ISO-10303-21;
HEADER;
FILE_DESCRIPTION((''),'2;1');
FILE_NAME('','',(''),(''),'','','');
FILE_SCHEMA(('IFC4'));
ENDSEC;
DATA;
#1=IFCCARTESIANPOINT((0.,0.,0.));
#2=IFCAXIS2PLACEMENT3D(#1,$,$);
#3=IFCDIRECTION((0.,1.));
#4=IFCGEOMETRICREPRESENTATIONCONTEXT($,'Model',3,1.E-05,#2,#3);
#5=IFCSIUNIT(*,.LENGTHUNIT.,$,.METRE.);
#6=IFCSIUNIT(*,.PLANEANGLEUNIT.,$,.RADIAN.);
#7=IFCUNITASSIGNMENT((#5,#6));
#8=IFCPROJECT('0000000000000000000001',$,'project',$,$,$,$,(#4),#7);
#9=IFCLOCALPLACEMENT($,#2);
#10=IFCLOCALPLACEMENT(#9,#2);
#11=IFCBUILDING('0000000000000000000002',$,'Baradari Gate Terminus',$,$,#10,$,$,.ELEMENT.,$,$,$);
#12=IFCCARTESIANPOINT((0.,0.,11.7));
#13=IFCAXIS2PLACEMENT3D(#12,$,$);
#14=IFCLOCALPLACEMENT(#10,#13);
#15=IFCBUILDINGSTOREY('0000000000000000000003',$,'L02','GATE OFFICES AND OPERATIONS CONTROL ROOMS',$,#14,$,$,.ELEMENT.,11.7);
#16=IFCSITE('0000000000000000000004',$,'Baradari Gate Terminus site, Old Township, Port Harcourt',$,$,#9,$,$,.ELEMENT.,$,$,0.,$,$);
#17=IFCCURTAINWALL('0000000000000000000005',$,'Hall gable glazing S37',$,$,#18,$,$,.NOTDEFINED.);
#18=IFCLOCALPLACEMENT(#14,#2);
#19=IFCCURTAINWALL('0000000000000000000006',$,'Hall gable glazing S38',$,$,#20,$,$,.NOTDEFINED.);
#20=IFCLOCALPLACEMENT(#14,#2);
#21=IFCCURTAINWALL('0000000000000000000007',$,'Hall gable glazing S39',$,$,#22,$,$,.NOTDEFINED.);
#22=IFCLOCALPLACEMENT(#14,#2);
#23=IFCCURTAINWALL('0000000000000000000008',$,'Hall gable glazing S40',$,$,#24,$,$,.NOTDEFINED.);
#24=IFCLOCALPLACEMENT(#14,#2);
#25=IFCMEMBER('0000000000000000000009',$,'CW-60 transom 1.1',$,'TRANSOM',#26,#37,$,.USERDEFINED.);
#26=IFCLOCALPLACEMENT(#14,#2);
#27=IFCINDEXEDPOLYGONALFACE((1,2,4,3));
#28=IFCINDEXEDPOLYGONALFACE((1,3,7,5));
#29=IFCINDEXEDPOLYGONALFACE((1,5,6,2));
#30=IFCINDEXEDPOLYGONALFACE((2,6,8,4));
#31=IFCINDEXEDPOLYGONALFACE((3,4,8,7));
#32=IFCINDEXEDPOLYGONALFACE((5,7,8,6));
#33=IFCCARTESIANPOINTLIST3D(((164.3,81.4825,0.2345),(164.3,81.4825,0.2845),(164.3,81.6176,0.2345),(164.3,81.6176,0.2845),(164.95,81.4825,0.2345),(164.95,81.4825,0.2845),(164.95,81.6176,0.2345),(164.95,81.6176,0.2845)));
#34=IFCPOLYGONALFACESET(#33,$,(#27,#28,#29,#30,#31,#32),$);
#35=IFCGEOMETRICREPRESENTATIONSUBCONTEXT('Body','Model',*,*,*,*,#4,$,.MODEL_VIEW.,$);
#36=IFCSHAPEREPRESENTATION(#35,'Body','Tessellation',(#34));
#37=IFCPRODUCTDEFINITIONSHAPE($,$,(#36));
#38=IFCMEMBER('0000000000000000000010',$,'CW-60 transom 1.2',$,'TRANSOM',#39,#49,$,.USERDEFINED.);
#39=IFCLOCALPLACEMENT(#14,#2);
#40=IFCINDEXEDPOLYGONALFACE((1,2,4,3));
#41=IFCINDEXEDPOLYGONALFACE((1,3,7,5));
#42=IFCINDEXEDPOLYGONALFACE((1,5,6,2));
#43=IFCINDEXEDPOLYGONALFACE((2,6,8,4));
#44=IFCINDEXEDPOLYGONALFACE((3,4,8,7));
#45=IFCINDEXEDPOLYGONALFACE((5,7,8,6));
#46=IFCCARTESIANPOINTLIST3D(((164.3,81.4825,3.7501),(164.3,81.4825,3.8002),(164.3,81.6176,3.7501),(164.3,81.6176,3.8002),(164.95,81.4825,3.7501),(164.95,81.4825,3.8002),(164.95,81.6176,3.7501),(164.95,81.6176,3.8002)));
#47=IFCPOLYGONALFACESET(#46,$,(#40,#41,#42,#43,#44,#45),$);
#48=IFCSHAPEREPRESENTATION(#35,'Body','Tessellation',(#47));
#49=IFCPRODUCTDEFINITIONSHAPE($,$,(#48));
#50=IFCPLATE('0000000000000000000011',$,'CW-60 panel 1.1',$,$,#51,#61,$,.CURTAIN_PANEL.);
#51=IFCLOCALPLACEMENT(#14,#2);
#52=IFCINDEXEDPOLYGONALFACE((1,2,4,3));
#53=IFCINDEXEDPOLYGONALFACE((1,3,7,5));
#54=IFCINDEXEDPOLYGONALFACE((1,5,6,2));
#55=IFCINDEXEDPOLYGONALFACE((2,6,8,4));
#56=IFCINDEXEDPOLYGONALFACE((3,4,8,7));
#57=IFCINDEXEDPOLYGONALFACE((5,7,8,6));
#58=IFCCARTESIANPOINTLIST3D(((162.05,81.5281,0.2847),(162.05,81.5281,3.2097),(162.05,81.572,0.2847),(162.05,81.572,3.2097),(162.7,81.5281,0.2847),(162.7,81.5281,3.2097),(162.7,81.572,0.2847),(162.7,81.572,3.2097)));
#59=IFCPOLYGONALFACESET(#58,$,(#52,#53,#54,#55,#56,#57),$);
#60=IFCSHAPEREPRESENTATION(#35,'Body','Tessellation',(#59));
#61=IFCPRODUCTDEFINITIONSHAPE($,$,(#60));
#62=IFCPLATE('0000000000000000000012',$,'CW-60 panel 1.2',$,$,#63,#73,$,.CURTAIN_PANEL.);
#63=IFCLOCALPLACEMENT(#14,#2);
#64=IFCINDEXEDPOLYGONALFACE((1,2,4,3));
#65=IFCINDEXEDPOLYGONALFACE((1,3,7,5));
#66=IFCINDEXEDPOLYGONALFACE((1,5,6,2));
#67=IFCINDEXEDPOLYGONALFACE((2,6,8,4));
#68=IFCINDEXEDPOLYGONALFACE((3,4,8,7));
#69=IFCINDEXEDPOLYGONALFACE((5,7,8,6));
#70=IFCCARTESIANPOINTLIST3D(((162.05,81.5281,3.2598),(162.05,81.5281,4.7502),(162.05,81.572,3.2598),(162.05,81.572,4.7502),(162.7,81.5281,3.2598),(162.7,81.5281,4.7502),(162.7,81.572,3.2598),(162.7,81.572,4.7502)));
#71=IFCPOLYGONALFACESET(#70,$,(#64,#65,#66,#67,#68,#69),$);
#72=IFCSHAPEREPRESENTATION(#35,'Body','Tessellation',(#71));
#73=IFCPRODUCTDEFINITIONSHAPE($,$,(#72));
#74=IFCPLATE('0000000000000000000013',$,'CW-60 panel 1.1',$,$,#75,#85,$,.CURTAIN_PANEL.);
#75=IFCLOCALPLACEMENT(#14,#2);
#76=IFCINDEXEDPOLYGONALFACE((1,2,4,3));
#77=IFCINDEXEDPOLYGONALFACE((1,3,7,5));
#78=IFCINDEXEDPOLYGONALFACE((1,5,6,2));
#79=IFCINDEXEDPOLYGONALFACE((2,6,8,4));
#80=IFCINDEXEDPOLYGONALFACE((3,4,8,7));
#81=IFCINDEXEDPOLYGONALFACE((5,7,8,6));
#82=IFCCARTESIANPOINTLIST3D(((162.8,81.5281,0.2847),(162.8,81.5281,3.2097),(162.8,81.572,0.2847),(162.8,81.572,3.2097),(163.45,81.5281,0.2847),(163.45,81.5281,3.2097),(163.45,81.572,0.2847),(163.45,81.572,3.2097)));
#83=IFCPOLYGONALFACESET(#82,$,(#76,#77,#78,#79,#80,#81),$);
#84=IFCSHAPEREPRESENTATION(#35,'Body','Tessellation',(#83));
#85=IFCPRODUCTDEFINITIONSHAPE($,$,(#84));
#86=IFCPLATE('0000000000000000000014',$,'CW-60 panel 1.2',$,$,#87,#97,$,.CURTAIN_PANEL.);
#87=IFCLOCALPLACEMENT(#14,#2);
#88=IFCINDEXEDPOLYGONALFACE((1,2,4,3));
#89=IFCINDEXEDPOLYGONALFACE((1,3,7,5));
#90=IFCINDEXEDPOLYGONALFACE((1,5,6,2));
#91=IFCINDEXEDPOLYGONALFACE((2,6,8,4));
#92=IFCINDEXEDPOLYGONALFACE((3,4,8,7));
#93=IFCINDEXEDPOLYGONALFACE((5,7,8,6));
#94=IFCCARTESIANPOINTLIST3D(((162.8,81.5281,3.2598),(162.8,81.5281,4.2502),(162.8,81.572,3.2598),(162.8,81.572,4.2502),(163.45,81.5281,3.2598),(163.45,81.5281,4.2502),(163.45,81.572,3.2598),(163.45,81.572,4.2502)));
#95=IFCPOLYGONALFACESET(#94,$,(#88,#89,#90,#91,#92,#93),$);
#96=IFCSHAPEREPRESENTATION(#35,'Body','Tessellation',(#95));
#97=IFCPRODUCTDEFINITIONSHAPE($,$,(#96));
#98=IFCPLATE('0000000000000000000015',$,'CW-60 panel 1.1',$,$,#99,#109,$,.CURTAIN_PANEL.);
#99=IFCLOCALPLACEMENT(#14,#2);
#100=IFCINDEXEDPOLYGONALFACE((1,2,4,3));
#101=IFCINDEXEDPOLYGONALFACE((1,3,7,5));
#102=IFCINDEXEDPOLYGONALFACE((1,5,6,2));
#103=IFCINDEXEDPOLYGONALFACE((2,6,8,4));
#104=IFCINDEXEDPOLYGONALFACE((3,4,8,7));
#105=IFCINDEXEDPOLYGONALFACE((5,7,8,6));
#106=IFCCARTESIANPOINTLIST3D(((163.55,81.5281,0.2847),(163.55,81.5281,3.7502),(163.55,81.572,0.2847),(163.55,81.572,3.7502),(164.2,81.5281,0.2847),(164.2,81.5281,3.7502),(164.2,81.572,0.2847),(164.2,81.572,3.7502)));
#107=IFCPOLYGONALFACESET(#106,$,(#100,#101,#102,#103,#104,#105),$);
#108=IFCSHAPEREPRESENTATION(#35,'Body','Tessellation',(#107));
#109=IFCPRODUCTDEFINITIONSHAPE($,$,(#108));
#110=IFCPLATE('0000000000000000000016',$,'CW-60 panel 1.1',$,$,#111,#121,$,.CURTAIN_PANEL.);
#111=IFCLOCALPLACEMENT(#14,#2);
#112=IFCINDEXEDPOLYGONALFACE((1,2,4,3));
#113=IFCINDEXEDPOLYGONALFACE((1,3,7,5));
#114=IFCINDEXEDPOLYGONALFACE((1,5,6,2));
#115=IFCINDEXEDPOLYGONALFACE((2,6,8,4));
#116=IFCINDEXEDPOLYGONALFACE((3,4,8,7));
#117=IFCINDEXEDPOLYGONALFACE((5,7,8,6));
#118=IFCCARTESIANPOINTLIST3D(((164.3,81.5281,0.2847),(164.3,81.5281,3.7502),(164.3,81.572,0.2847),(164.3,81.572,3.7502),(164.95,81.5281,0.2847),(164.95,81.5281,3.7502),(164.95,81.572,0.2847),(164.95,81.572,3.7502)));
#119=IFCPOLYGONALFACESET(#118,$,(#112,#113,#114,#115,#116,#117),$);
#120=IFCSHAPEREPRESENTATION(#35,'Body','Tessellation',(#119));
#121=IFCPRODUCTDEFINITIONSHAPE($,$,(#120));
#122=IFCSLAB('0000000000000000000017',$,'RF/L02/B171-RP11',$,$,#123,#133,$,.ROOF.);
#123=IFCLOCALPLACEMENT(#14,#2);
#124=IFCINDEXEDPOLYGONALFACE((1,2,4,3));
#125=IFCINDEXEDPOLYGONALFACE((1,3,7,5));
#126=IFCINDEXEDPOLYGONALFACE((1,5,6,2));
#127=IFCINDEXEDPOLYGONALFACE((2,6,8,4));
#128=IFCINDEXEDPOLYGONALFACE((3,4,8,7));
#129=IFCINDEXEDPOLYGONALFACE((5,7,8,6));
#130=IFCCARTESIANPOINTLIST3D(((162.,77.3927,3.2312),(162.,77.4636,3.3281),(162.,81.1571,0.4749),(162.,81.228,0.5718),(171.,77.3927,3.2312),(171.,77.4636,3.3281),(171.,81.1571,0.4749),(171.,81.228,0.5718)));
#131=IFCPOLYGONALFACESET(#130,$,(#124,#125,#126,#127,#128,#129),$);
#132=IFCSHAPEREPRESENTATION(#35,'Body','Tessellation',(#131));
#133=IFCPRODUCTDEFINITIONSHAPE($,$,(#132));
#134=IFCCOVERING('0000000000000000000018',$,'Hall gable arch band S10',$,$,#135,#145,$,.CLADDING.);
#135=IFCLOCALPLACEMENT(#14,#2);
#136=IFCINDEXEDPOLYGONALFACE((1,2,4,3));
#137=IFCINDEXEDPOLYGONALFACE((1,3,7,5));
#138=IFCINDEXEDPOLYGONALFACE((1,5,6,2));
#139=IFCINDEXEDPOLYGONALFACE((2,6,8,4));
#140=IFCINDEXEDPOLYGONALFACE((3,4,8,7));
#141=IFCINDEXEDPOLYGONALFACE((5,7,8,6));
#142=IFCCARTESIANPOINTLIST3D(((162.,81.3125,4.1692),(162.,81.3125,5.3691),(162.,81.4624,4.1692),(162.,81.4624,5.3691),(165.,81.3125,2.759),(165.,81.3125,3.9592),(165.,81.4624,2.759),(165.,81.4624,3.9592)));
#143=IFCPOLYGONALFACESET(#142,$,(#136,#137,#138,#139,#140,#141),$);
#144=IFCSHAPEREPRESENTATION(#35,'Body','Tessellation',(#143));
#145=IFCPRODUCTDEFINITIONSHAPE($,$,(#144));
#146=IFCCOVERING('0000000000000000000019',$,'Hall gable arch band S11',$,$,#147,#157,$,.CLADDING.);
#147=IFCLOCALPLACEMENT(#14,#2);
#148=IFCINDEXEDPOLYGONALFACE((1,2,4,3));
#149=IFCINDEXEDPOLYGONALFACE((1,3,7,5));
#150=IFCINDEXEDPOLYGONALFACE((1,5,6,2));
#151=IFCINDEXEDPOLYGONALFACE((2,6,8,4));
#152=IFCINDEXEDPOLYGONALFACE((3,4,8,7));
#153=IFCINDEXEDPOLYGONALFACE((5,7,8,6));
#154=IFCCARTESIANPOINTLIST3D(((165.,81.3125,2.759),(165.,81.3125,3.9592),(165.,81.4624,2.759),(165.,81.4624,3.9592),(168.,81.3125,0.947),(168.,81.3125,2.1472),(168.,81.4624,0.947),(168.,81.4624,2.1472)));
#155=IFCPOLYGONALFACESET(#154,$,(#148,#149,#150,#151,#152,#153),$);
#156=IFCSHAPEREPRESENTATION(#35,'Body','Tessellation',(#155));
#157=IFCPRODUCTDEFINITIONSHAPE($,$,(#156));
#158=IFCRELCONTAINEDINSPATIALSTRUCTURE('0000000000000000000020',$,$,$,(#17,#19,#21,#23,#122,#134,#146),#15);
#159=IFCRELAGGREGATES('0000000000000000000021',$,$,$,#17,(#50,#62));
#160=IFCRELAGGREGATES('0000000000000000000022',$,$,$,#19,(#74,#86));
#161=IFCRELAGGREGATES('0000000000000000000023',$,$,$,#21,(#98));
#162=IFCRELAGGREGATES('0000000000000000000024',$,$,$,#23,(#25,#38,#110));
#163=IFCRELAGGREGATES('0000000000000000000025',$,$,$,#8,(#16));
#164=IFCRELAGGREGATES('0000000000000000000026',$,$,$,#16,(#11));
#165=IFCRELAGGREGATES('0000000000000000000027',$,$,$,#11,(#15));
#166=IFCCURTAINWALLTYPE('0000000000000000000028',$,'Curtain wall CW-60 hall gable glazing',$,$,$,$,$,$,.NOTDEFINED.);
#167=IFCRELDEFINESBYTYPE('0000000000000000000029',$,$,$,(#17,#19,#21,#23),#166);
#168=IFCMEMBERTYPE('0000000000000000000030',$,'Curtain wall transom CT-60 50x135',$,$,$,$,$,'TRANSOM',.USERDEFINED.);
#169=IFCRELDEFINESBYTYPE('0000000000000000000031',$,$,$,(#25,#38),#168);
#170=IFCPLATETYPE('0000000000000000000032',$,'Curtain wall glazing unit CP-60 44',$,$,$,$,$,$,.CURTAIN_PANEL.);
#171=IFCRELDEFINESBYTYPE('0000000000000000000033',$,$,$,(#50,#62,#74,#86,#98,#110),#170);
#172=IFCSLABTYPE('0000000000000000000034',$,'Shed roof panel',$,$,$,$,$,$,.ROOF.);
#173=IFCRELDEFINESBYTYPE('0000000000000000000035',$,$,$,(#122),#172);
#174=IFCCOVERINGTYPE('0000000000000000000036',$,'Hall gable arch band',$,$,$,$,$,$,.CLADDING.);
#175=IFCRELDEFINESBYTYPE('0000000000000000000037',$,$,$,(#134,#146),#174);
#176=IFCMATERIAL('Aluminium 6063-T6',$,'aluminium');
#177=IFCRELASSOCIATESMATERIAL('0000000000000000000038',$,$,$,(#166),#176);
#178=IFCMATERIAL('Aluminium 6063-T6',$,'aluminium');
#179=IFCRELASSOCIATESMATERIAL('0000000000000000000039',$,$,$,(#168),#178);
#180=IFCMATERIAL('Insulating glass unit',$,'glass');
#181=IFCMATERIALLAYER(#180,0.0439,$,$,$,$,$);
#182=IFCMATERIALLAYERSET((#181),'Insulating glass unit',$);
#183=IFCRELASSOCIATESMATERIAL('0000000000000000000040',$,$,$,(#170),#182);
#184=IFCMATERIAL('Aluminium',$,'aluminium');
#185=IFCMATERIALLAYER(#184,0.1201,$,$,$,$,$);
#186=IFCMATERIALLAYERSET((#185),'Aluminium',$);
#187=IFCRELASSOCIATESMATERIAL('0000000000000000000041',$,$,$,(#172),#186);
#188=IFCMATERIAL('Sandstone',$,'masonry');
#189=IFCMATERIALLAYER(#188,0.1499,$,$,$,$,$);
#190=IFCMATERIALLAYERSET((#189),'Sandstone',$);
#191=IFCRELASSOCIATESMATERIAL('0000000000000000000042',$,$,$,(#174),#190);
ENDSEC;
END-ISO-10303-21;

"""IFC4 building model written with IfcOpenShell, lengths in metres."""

from ifc_helpers import new_model, si_unit, direction, frame, origin, origin_2d, place, context, subcontext, project, spatial, polyline, rectangle, outline, extrude, material, layer, layer_set, material_profile, profile_set, type_object, element, aggregate, save


model = new_model("IFC4")

# Units and contexts
model_context = context("Model", 3, precision=1e-05, world=origin(), true_north=direction((0.0, 1.0)))
body_context = subcontext(model_context, "Body", "Model", "MODEL_VIEW")
ifc_project = project(units=[si_unit("LENGTHUNIT", "METRE"), si_unit("PLANEANGLEUNIT", "RADIAN")], contexts=[model_context])

# Site, building, storey
site_placement = place(None, origin())
site = spatial("IfcSite", under=ifc_project, at=site_placement, Name="Baradari Gate Terminus site, Old Township, Port Harcourt", CompositionType="ELEMENT", RefElevation=0.0)
building_placement = place(site_placement, origin())
building = spatial("IfcBuilding", under=site, at=building_placement, Name="Baradari Gate Terminus", CompositionType="ELEMENT")
storey_placement = place(building_placement, frame((0.0, 0.0, 11.7)))
storey = spatial("IfcBuildingStorey", under=building, at=storey_placement, Name="L02", Description="GATE OFFICES AND OPERATIONS CONTROL ROOMS", CompositionType="ELEMENT", Elevation=11.7)

# Curtain walls
ifc_material_1 = material(Name="Aluminium 6063-T6", Category="aluminium")
curtain_wall_type = type_object("IfcCurtainWallType", Name="Curtain wall CW-60 hall gable glazing", PredefinedType="NOTDEFINED", material=ifc_material_1)
curtain_wall_1_placement = place(storey_placement, origin())
curtain_wall_1 = element("IfcCurtainWall", 1, at=curtain_wall_1_placement, inside=storey, type_object=curtain_wall_type, Name="Hall gable glazing S37", PredefinedType="NOTDEFINED")
curtain_wall_2_placement = place(storey_placement, origin())
curtain_wall_2 = element("IfcCurtainWall", 2, at=curtain_wall_2_placement, inside=storey, type_object=curtain_wall_type, Name="Hall gable glazing S38", PredefinedType="NOTDEFINED")
curtain_wall_3_placement = place(storey_placement, origin())
curtain_wall_3 = element("IfcCurtainWall", 3, at=curtain_wall_3_placement, inside=storey, type_object=curtain_wall_type, Name="Hall gable glazing S39", PredefinedType="NOTDEFINED")

# Curtain wall
curtain_wall_4_placement = place(storey_placement, origin())
curtain_wall_4 = element("IfcCurtainWall", 4, at=curtain_wall_4_placement, inside=storey, type_object=curtain_wall_type, Name="Hall gable glazing S40", PredefinedType="NOTDEFINED")

# Members
ifc_material_2 = material(Name="Aluminium 6063-T6", Category="aluminium")
ifc_material_profile_1 = material_profile(ifc_material_2, rectangle(XDim=0.135, YDim=0.05, at=origin_2d()), Name="CT-60 50X135")
ifc_profile_set_1 = profile_set([ifc_material_profile_1], Name="Aluminium 6063-T6")
member_type_1 = type_object("IfcMemberType", Name="Curtain wall transom CT-60 50x135", ElementType="TRANSOM", PredefinedType="USERDEFINED", material=ifc_profile_set_1)
member_1_placement = place(storey_placement, frame((164.3, 81.55, 0.2595), z_axis=(1.0, 0.0, 0.0), x_axis=(0.0, 1.0, 0.0)))
member_1 = element("IfcMember", 5, at=member_1_placement, type_object=member_type_1, Name="CW-60 transom 1.1", ObjectType="TRANSOM", PredefinedType="USERDEFINED", context=body_context, shape_type="SweptSolid", body=[
    extrude(rectangle(XDim=0.135, YDim=0.05, at=origin_2d()), origin(), (0.0, 0.0, 1.0), 0.6499),
])
member_2_placement = place(storey_placement, frame((164.3, 81.55, 3.7751), z_axis=(1.0, 0.0, 0.0), x_axis=(0.0, 1.0, 0.0)))
member_2 = element("IfcMember", 6, at=member_2_placement, type_object=member_type_1, Name="CW-60 transom 1.2", ObjectType="TRANSOM", PredefinedType="USERDEFINED", context=body_context, shape_type="SweptSolid", body=[
    extrude(rectangle(XDim=0.135, YDim=0.05, at=origin_2d()), origin(), (0.0, 0.0, 1.0), 0.6499),
])

# Plates
ifc_material_3 = material(Name="Insulating glass unit", Category="glass")
ifc_layer_1 = layer(ifc_material_3, 0.0439)
ifc_layer_set_1 = layer_set([ifc_layer_1], Name="Insulating glass unit")
plate_type = type_object("IfcPlateType", Name="Curtain wall glazing unit CP-60 44", PredefinedType="CURTAIN_PANEL", material=ifc_layer_set_1)
plate_1_placement = place(storey_placement, frame((162.375, 81.55, 0.2847), z_axis=(0.0, 0.0, 1.0), x_axis=(1.0, 0.0, 0.0)))
plate_1 = element("IfcPlate", 7, at=plate_1_placement, type_object=plate_type, Name="CW-60 panel 1.1", PredefinedType="CURTAIN_PANEL", context=body_context, shape_type="SweptSolid", body=[
    extrude(rectangle(XDim=0.6499, YDim=0.0439, at=origin_2d()), origin(), (0.0, 0.0, 1.0), 2.925),
])
plate_2_placement = place(storey_placement, frame((162.375, 81.55, 3.2598), z_axis=(0.0, 0.0, 1.0), x_axis=(1.0, 0.0, 0.0)))
plate_2 = element("IfcPlate", 8, at=plate_2_placement, type_object=plate_type, Name="CW-60 panel 1.2", PredefinedType="CURTAIN_PANEL", context=body_context, shape_type="SweptSolid", body=[
    extrude(rectangle(XDim=0.6499, YDim=0.0439, at=origin_2d()), origin(), (0.0, 0.0, 1.0), 1.4905),
])
aggregate(curtain_wall_1, [plate_1, plate_2])
plate_3_placement = place(storey_placement, frame((163.125, 81.55, 0.2847), z_axis=(0.0, 0.0, 1.0), x_axis=(1.0, 0.0, 0.0)))
plate_3 = element("IfcPlate", 9, at=plate_3_placement, type_object=plate_type, Name="CW-60 panel 1.1", PredefinedType="CURTAIN_PANEL", context=body_context, shape_type="SweptSolid", body=[
    extrude(rectangle(XDim=0.6499, YDim=0.0439, at=origin_2d()), origin(), (0.0, 0.0, 1.0), 2.925),
])
plate_4_placement = place(storey_placement, frame((163.125, 81.55, 3.2598), z_axis=(0.0, 0.0, 1.0), x_axis=(1.0, 0.0, 0.0)))
plate_4 = element("IfcPlate", 10, at=plate_4_placement, type_object=plate_type, Name="CW-60 panel 1.2", PredefinedType="CURTAIN_PANEL", context=body_context, shape_type="SweptSolid", body=[
    extrude(rectangle(XDim=0.6499, YDim=0.0439, at=origin_2d()), origin(), (0.0, 0.0, 1.0), 0.9905),
])
aggregate(curtain_wall_2, [plate_3, plate_4])
plate_5_placement = place(storey_placement, frame((163.875, 81.55, 0.2847), z_axis=(0.0, 0.0, 1.0), x_axis=(1.0, 0.0, 0.0)))
plate_5 = element("IfcPlate", 11, at=plate_5_placement, type_object=plate_type, Name="CW-60 panel 1.1", PredefinedType="CURTAIN_PANEL", context=body_context, shape_type="SweptSolid", body=[
    extrude(rectangle(XDim=0.6499, YDim=0.0439, at=origin_2d()), origin(), (0.0, 0.0, 1.0), 3.4656),
])
aggregate(curtain_wall_3, [plate_5])
plate_6_placement = place(storey_placement, frame((164.625, 81.55, 0.2847), z_axis=(0.0, 0.0, 1.0), x_axis=(1.0, 0.0, 0.0)))
plate_6 = element("IfcPlate", 12, at=plate_6_placement, type_object=plate_type, Name="CW-60 panel 1.1", PredefinedType="CURTAIN_PANEL", context=body_context, shape_type="SweptSolid", body=[
    extrude(rectangle(XDim=0.6499, YDim=0.0439, at=origin_2d()), origin(), (0.0, 0.0, 1.0), 3.4656),
])
aggregate(curtain_wall_4, [member_1, member_2, plate_6])

# Slab
ifc_material_4 = material(Name="Aluminium", Category="aluminium")
ifc_layer_2 = layer(ifc_material_4, 0.1201)
ifc_layer_set_2 = layer_set([ifc_layer_2], Name="Aluminium")
slab_type = type_object("IfcSlabType", Name="Shed roof panel", PredefinedType="ROOF", material=ifc_layer_set_2)
slab_placement = place(storey_placement, frame((162.0, 77.4636, 3.3281), z_axis=(0.0, 0.590776, 0.806836), x_axis=(1.0, 0.0, 0.0)))
element("IfcSlab", 13, at=slab_placement, inside=storey, type_object=slab_type, Name="RF/L02/B171-RP11", PredefinedType="ROOF", context=body_context, shape_type="SweptSolid", body=[
    extrude(outline(polyline([(0.0, 0.0), (9.0, 0.0), (9.0, 4.6656), (0.0, 4.6656), (0.0, 0.0)])), origin(), (0.0, 0.0, -1.0), 0.1201),
])

# Coverings
ifc_material_5 = material(Name="Sandstone", Category="masonry")
ifc_layer_3 = layer(ifc_material_5, 0.1499)
ifc_layer_set_3 = layer_set([ifc_layer_3], Name="Sandstone")
covering_type = type_object("IfcCoveringType", Name="Hall gable arch band", PredefinedType="CLADDING", material=ifc_layer_set_3)
covering_1_placement = place(storey_placement, frame((162.0, 81.3875, 2.759), z_axis=(0.0, 0.0, 1.0), x_axis=(1.0, 0.0, 0.0)))
element("IfcCovering", 14, at=covering_1_placement, inside=storey, type_object=covering_type, Name="Hall gable arch band S10", PredefinedType="CLADDING", context=body_context, shape_type="SweptSolid", body=[
    extrude(outline(polyline([(0.0, 2.6101), (0.0, 1.4102), (3.0, 0.0), (3.0, 1.2002), (0.0, 2.6101)])), frame((0.0, 0.075, 0.0), z_axis=(0.0, -1.0, 0.0), x_axis=(1.0, 0.0, 0.0)), (0.0, 0.0, 1.0), 0.1499),
])
covering_2_placement = place(storey_placement, frame((165.0, 81.3875, 0.947), z_axis=(0.0, 0.0, 1.0), x_axis=(1.0, 0.0, 0.0)))
element("IfcCovering", 15, at=covering_2_placement, inside=storey, type_object=covering_type, Name="Hall gable arch band S11", PredefinedType="CLADDING", context=body_context, shape_type="SweptSolid", body=[
    extrude(outline(polyline([(0.0, 3.0122), (0.0, 1.812), (3.0, 0.0), (3.0, 1.2002), (0.0, 3.0122)])), frame((0.0, 0.075, 0.0), z_axis=(0.0, -1.0, 0.0), x_axis=(1.0, 0.0, 0.0)), (0.0, 0.0, 1.0), 0.1499),
])

save(model, "model.ifc")
